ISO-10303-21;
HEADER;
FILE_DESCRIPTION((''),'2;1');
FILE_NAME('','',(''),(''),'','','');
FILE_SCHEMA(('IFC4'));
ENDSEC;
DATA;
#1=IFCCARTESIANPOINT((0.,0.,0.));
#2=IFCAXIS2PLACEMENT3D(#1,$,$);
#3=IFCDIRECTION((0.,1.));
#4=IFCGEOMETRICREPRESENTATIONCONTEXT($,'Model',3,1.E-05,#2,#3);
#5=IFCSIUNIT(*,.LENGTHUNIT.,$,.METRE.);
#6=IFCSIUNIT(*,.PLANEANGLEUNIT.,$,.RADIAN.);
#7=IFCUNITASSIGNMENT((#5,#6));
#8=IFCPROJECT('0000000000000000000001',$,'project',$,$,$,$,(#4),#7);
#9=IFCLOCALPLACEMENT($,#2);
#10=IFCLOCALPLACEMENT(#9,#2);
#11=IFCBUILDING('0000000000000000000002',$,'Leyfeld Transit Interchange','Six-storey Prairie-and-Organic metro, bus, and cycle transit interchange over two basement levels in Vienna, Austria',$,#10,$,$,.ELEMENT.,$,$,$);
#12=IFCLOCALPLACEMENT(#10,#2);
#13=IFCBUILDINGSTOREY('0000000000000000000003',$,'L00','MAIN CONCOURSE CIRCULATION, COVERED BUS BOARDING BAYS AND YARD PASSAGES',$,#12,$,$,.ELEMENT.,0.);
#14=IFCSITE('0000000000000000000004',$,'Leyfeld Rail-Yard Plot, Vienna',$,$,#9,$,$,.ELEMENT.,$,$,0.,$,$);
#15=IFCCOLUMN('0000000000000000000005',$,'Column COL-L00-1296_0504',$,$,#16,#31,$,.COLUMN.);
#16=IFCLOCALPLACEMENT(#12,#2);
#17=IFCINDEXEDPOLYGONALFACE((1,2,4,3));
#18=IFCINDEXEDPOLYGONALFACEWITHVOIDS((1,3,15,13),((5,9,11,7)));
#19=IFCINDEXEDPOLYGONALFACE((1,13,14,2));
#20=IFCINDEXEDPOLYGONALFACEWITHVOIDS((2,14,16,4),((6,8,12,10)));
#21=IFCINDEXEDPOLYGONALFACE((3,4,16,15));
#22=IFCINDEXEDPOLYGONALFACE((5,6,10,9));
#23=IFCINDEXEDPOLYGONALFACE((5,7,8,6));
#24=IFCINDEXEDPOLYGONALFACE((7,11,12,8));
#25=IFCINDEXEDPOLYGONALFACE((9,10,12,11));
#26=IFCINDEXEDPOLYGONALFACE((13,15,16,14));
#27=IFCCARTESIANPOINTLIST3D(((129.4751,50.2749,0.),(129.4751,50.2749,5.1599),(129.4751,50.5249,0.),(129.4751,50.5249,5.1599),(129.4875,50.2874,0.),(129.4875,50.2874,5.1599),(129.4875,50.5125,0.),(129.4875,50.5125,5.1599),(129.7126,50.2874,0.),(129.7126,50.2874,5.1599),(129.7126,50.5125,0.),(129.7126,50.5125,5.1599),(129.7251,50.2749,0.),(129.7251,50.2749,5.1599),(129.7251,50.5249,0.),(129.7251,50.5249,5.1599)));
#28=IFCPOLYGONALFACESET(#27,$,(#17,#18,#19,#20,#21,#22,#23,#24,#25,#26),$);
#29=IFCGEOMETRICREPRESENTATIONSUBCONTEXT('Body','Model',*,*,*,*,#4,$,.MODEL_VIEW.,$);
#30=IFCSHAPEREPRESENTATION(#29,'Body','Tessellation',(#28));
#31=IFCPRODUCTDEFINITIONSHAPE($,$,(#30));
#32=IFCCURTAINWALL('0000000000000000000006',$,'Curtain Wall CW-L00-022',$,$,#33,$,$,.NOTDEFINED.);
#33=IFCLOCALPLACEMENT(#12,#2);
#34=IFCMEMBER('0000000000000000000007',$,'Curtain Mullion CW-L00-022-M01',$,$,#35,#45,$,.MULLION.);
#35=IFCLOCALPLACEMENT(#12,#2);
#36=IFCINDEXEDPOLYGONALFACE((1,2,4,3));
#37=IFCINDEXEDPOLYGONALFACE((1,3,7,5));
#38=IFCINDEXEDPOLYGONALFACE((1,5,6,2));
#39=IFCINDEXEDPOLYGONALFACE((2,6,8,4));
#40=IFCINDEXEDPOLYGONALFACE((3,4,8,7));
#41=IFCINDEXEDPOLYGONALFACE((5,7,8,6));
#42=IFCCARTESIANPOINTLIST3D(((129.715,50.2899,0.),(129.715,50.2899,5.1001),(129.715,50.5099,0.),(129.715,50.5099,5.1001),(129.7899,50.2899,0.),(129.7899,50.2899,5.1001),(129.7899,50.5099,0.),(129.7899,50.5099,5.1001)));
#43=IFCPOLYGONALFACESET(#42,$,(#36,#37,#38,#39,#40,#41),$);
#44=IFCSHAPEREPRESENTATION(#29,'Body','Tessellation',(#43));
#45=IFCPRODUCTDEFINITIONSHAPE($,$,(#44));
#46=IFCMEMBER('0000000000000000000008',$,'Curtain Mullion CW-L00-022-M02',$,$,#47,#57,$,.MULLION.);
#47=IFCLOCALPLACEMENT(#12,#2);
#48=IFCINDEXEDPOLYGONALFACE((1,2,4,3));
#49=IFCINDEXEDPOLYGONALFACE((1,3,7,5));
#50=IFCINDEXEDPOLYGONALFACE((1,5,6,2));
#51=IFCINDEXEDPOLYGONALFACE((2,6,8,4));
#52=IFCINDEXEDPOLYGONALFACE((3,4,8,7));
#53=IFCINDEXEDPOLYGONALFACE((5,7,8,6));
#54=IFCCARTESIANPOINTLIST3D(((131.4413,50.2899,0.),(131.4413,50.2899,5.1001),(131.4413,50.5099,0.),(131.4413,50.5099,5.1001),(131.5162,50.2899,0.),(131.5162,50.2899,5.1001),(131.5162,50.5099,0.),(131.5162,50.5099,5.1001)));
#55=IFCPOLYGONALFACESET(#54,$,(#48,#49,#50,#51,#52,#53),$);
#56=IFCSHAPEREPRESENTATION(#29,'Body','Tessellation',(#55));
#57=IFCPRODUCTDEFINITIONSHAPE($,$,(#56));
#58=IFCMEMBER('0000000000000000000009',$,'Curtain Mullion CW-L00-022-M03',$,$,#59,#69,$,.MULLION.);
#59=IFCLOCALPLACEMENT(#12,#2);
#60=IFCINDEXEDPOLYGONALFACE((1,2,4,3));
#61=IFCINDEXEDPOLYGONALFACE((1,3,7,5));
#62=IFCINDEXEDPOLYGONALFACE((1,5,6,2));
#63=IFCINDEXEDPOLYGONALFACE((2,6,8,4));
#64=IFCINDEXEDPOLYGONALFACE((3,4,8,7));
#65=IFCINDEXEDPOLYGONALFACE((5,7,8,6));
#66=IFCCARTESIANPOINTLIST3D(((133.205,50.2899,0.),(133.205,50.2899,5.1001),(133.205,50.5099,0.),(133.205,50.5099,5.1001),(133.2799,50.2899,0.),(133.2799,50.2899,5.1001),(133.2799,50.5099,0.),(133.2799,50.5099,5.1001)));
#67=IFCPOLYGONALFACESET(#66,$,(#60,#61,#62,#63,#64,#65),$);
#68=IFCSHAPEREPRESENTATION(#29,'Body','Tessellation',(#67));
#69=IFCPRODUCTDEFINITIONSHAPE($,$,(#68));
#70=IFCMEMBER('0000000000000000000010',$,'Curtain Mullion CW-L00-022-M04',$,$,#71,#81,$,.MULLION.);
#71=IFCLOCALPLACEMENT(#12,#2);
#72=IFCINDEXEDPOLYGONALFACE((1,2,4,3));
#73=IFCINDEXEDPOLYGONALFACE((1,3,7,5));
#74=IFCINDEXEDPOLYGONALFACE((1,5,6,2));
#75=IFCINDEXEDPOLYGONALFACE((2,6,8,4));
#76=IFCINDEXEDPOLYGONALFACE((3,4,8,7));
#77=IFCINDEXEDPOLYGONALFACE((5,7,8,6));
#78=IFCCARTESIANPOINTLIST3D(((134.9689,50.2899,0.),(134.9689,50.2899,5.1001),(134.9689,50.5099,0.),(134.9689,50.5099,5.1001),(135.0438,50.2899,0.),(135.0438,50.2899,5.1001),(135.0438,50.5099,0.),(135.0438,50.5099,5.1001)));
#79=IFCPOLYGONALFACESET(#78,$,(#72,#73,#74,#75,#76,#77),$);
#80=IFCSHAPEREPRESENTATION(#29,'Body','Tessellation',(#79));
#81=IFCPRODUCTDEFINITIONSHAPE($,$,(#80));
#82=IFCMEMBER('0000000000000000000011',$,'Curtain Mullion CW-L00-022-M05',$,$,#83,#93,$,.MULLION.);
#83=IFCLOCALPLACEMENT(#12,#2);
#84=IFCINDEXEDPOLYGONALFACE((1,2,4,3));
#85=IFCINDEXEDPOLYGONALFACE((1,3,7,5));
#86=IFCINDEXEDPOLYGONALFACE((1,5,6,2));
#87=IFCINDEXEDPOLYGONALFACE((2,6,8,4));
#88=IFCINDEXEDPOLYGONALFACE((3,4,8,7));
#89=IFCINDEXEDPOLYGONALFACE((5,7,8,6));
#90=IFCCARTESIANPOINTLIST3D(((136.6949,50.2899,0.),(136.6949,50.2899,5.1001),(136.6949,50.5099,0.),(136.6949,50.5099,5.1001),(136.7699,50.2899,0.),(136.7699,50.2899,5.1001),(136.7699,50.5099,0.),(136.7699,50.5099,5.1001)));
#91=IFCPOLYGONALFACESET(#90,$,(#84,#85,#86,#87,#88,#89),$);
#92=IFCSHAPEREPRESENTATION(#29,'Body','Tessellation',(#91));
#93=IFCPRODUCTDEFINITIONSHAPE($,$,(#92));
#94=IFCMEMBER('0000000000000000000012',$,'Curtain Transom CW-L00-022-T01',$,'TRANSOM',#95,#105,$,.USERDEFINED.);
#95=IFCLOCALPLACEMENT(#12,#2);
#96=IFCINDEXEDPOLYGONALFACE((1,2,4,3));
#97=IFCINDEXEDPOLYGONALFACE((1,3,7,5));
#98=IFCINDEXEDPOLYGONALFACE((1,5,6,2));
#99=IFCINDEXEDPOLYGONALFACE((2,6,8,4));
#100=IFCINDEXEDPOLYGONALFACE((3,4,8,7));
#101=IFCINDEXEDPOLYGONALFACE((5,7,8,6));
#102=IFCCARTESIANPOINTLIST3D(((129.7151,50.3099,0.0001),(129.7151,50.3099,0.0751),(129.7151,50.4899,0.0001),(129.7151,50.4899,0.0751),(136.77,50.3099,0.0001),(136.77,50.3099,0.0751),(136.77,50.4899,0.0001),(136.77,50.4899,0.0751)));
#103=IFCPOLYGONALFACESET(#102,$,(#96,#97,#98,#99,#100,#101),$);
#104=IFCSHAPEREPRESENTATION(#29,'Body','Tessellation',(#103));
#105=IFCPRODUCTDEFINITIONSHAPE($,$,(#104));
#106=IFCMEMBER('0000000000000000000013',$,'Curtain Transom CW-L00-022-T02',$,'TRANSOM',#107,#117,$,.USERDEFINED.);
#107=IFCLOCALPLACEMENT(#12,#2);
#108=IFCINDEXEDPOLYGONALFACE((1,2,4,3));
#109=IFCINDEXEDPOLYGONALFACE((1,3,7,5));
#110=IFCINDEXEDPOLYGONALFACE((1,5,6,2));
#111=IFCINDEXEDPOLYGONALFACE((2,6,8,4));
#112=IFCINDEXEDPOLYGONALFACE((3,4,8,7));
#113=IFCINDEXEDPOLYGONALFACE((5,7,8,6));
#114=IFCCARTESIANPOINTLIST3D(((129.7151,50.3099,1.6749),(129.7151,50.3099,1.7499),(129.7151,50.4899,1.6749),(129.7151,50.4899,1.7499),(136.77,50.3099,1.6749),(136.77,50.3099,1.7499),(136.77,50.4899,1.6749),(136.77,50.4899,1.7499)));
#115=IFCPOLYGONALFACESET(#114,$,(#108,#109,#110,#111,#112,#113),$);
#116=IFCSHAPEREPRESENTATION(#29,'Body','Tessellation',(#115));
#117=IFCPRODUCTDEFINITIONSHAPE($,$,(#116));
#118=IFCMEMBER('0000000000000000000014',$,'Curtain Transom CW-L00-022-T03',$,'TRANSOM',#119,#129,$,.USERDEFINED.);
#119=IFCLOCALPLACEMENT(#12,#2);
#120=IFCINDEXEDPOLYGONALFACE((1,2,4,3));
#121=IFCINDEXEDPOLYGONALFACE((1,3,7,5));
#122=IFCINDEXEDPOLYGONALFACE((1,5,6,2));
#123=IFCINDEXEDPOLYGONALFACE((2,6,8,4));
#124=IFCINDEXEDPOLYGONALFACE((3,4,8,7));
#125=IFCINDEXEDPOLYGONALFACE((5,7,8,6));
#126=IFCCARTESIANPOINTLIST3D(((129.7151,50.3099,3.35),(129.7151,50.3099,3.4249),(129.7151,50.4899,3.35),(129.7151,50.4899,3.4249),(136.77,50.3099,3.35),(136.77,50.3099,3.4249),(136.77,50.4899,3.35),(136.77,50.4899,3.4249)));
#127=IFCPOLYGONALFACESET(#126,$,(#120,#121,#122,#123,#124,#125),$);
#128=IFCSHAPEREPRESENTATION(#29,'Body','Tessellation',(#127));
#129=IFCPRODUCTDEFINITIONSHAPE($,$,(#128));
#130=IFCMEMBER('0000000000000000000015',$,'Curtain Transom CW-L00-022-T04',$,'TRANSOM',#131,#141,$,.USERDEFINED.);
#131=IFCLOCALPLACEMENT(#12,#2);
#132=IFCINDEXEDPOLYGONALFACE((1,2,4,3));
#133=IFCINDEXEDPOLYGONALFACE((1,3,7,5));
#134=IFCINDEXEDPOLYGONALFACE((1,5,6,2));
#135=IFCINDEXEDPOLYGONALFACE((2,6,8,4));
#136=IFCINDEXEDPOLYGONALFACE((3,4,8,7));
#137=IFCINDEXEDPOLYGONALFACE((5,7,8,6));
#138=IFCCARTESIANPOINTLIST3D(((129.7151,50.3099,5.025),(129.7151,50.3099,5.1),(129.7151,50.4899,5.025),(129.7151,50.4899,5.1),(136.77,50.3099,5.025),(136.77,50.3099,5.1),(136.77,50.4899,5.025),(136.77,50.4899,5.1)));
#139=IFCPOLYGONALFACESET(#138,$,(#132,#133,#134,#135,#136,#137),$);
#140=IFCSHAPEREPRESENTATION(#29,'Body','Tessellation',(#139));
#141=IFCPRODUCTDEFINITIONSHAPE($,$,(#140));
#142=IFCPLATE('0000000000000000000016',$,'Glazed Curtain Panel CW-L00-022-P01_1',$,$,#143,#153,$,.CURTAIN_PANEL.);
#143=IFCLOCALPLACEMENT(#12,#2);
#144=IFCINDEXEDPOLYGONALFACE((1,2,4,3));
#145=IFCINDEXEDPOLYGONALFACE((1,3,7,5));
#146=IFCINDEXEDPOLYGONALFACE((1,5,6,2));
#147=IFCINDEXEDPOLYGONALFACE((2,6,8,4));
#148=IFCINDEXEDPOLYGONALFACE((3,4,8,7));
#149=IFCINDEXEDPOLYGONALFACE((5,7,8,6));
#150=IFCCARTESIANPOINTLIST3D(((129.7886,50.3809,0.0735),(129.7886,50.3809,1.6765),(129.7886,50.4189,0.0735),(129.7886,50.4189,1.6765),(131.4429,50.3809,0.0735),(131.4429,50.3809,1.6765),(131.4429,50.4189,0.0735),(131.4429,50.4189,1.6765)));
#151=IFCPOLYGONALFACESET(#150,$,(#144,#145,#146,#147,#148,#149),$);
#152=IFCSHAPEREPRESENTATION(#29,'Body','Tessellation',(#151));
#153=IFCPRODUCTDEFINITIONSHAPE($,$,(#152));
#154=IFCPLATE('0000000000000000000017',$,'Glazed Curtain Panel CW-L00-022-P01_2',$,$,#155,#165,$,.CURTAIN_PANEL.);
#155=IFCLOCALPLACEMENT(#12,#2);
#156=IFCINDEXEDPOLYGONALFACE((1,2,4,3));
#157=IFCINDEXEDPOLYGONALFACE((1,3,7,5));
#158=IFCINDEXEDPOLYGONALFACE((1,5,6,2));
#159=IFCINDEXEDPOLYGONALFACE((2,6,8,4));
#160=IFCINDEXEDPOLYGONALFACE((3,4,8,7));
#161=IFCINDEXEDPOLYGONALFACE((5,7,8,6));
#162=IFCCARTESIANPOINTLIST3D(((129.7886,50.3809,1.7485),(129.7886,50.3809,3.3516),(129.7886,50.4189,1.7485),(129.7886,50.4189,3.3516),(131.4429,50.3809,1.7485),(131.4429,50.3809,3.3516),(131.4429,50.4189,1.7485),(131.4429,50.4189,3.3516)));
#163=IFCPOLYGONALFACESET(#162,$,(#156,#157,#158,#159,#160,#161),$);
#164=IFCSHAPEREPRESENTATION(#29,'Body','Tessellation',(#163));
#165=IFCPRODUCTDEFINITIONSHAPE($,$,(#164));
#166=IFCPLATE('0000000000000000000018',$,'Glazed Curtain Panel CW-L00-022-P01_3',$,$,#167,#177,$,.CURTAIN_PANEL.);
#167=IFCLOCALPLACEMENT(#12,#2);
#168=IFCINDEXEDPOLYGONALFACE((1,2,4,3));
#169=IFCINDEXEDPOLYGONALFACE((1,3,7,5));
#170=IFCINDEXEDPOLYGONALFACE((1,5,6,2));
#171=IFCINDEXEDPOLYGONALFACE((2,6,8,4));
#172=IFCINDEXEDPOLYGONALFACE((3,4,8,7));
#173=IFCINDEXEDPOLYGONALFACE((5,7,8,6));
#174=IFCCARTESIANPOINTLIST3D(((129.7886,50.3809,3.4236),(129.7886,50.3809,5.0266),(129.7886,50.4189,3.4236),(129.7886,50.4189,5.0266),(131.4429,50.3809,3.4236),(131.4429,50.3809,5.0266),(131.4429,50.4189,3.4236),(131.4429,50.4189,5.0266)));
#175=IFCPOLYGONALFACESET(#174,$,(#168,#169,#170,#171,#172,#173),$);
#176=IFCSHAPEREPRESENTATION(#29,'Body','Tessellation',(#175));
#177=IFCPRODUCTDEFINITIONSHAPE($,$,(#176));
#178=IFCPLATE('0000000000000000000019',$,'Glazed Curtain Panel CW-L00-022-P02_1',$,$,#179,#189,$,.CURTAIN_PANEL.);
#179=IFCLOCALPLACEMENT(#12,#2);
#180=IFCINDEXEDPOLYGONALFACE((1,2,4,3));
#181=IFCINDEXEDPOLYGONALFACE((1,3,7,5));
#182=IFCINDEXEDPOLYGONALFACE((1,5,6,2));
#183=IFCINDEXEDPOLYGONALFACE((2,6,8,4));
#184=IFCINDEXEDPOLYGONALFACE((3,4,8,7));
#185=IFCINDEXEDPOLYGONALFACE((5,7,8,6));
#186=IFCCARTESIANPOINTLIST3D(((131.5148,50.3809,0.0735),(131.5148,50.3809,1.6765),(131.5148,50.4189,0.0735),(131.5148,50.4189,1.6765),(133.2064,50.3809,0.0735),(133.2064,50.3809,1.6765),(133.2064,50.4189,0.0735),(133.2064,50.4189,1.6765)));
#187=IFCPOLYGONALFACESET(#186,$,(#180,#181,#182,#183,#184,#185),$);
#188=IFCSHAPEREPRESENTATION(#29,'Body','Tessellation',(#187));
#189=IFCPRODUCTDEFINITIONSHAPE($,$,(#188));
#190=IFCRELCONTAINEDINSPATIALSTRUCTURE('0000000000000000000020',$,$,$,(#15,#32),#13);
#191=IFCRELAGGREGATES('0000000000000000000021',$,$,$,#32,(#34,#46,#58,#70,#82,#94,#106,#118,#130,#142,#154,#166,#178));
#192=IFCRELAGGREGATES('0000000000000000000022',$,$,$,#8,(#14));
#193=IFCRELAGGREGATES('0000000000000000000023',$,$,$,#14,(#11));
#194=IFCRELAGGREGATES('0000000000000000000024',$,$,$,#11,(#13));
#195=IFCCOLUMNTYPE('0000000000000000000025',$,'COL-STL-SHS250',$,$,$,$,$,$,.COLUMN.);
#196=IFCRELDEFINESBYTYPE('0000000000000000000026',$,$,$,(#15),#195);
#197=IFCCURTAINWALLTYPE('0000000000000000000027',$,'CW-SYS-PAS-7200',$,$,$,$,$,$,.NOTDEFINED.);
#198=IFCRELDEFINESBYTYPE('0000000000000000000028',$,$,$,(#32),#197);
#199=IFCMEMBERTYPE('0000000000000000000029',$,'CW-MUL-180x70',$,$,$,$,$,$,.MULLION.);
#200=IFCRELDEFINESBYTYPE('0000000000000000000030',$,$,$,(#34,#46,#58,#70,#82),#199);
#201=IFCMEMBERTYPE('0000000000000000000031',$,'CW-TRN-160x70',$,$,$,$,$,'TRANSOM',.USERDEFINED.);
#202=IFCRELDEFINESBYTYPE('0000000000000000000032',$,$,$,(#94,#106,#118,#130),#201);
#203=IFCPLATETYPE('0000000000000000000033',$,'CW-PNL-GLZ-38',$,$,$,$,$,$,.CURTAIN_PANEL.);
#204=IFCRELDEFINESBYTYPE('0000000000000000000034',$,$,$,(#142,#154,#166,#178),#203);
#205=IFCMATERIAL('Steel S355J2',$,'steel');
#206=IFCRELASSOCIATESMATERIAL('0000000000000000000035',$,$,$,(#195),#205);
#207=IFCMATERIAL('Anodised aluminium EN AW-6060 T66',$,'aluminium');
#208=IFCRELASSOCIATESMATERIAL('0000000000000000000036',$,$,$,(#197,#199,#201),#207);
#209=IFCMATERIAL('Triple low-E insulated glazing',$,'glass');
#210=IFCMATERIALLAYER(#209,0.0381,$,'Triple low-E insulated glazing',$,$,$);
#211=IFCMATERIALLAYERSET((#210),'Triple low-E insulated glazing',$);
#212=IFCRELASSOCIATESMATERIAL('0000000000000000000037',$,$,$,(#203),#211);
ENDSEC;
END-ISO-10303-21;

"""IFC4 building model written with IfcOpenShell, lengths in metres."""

from ifc_helpers import new_model, si_unit, direction, frame, origin, origin_2d, place, context, subcontext, project, spatial, rectangle, hollow_rectangle, extrude, material, layer, layer_set, material_profile, profile_set, type_object, element, aggregate, save


model = new_model("IFC4")

# Units and contexts
model_context = context("Model", 3, precision=1e-05, world=origin(), true_north=direction((0.0, 1.0)))
body_context = subcontext(model_context, "Body", "Model", "MODEL_VIEW")
ifc_project = project(units=[si_unit("LENGTHUNIT", "METRE"), si_unit("PLANEANGLEUNIT", "RADIAN")], contexts=[model_context])

# Site, building, storey
site_placement = place(None, origin())
site = spatial("IfcSite", under=ifc_project, at=site_placement, Name="Leyfeld Rail-Yard Plot, Vienna", CompositionType="ELEMENT", RefElevation=0.0)
building_placement = place(site_placement, origin())
building = spatial("IfcBuilding", under=site, at=building_placement, Name="Leyfeld Transit Interchange", Description="Six-storey Prairie-and-Organic metro, bus, and cycle transit interchange over two basement levels in Vienna, Austria", CompositionType="ELEMENT")
storey_placement = place(building_placement, origin())
storey = spatial("IfcBuildingStorey", under=building, at=storey_placement, Name="L00", Description="MAIN CONCOURSE CIRCULATION, COVERED BUS BOARDING BAYS AND YARD PASSAGES", CompositionType="ELEMENT", Elevation=0.0)

# Column
ifc_material_1 = material(Name="Steel S355J2", Category="steel")
ifc_material_profile_1 = material_profile(ifc_material_1, hollow_rectangle(XDim=0.25, YDim=0.25, WallThickness=0.0125, at=origin_2d()), Name="SHS 250x250x12.5")
ifc_profile_set_1 = profile_set([ifc_material_profile_1], Name="Steel S355J2")
column_type = type_object("IfcColumnType", Name="COL-STL-SHS250", PredefinedType="COLUMN", material=ifc_profile_set_1)
column_placement = place(storey_placement, frame((129.6001, 50.3999, 0.0), z_axis=(0.0, 0.0, 1.0), x_axis=(1.0, 0.0, 0.0)))
element("IfcColumn", 1, at=column_placement, inside=storey, type_object=column_type, Name="Column COL-L00-1296_0504", PredefinedType="COLUMN", context=body_context, shape_type="SweptSolid", body=[
    extrude(hollow_rectangle(XDim=0.25, YDim=0.25, WallThickness=0.0125, at=origin_2d()), origin(), (0.0, 0.0, 1.0), 5.1599),
])

# Curtain wall, members, plates
ifc_material_2 = material(Name="Anodised aluminium EN AW-6060 T66", Category="aluminium")
curtain_wall_type = type_object("IfcCurtainWallType", Name="CW-SYS-PAS-7200", PredefinedType="NOTDEFINED", material=ifc_material_2)
curtain_wall_placement = place(storey_placement, origin())
curtain_wall = element("IfcCurtainWall", 2, at=curtain_wall_placement, inside=storey, type_object=curtain_wall_type, Name="Curtain Wall CW-L00-022", PredefinedType="NOTDEFINED")
ifc_material_profile_2 = material_profile(ifc_material_2, rectangle(XDim=0.075, YDim=0.22, at=origin_2d()), Name="CW-M 75x220")
ifc_profile_set_2 = profile_set([ifc_material_profile_2], Name="Anodised aluminium EN AW-6060 T66")
member_type_1 = type_object("IfcMemberType", Name="CW-MUL-180x70", PredefinedType="MULLION", material=ifc_profile_set_2)
member_1_placement = place(storey_placement, frame((129.7524, 50.3999, 0.0), z_axis=(0.0, 0.0, 1.0), x_axis=(1.0, 0.0, 0.0)))
member_1 = element("IfcMember", 3, at=member_1_placement, type_object=member_type_1, Name="Curtain Mullion CW-L00-022-M01", PredefinedType="MULLION", context=body_context, shape_type="SweptSolid", body=[
    extrude(rectangle(XDim=0.075, YDim=0.22, at=origin_2d()), origin(), (0.0, 0.0, 1.0), 5.1001),
])
member_2_placement = place(storey_placement, frame((131.4788, 50.3999, 0.0), z_axis=(0.0, 0.0, 1.0), x_axis=(1.0, 0.0, 0.0)))
member_2 = element("IfcMember", 4, at=member_2_placement, type_object=member_type_1, Name="Curtain Mullion CW-L00-022-M02", PredefinedType="MULLION", context=body_context, shape_type="SweptSolid", body=[
    extrude(rectangle(XDim=0.075, YDim=0.22, at=origin_2d()), origin(), (0.0, 0.0, 1.0), 5.1001),
])
member_3_placement = place(storey_placement, frame((133.2424, 50.3999, 0.0), z_axis=(0.0, 0.0, 1.0), x_axis=(1.0, 0.0, 0.0)))
member_3 = element("IfcMember", 5, at=member_3_placement, type_object=member_type_1, Name="Curtain Mullion CW-L00-022-M03", PredefinedType="MULLION", context=body_context, shape_type="SweptSolid", body=[
    extrude(rectangle(XDim=0.075, YDim=0.22, at=origin_2d()), origin(), (0.0, 0.0, 1.0), 5.1001),
])
member_4_placement = place(storey_placement, frame((135.0063, 50.3999, 0.0), z_axis=(0.0, 0.0, 1.0), x_axis=(1.0, 0.0, 0.0)))
member_4 = element("IfcMember", 6, at=member_4_placement, type_object=member_type_1, Name="Curtain Mullion CW-L00-022-M04", PredefinedType="MULLION", context=body_context, shape_type="SweptSolid", body=[
    extrude(rectangle(XDim=0.075, YDim=0.22, at=origin_2d()), origin(), (0.0, 0.0, 1.0), 5.1001),
])
member_5_placement = place(storey_placement, frame((136.7324, 50.3999, 0.0), z_axis=(0.0, 0.0, 1.0), x_axis=(1.0, 0.0, 0.0)))
member_5 = element("IfcMember", 7, at=member_5_placement, type_object=member_type_1, Name="Curtain Mullion CW-L00-022-M05", PredefinedType="MULLION", context=body_context, shape_type="SweptSolid", body=[
    extrude(rectangle(XDim=0.075, YDim=0.22, at=origin_2d()), origin(), (0.0, 0.0, 1.0), 5.1001),
])
ifc_material_profile_3 = material_profile(ifc_material_2, rectangle(XDim=0.1799, YDim=0.075, at=origin_2d()), Name="CW-TRN-160x70")
ifc_profile_set_3 = profile_set([ifc_material_profile_3], Name="Anodised aluminium EN AW-6060 T66")
member_type_2 = type_object("IfcMemberType", Name="CW-TRN-160x70", ElementType="TRANSOM", PredefinedType="USERDEFINED", material=ifc_profile_set_3)
member_6_placement = place(storey_placement, frame((129.7151, 50.3999, 0.0376), z_axis=(1.0, 0.0, 0.0), x_axis=(0.0, 1.0, 0.0)))
member_6 = element("IfcMember", 8, at=member_6_placement, type_object=member_type_2, Name="Curtain Transom CW-L00-022-T01", ObjectType="TRANSOM", PredefinedType="USERDEFINED", context=body_context, shape_type="SweptSolid", body=[
    extrude(rectangle(XDim=0.1799, YDim=0.075, at=origin_2d()), origin(), (0.0, 0.0, 1.0), 7.0549),
])
member_7_placement = place(storey_placement, frame((129.7151, 50.3999, 1.7124), z_axis=(1.0, 0.0, 0.0), x_axis=(0.0, 1.0, 0.0)))
member_7 = element("IfcMember", 9, at=member_7_placement, type_object=member_type_2, Name="Curtain Transom CW-L00-022-T02", ObjectType="TRANSOM", PredefinedType="USERDEFINED", context=body_context, shape_type="SweptSolid", body=[
    extrude(rectangle(XDim=0.1799, YDim=0.075, at=origin_2d()), origin(), (0.0, 0.0, 1.0), 7.0549),
])
member_8_placement = place(storey_placement, frame((129.7151, 50.3999, 3.3875), z_axis=(1.0, 0.0, 0.0), x_axis=(0.0, 1.0, 0.0)))
member_8 = element("IfcMember", 10, at=member_8_placement, type_object=member_type_2, Name="Curtain Transom CW-L00-022-T03", ObjectType="TRANSOM", PredefinedType="USERDEFINED", context=body_context, shape_type="SweptSolid", body=[
    extrude(rectangle(XDim=0.1799, YDim=0.075, at=origin_2d()), origin(), (0.0, 0.0, 1.0), 7.0549),
])
member_9_placement = place(storey_placement, frame((129.7151, 50.3999, 5.0625), z_axis=(1.0, 0.0, 0.0), x_axis=(0.0, 1.0, 0.0)))
member_9 = element("IfcMember", 11, at=member_9_placement, type_object=member_type_2, Name="Curtain Transom CW-L00-022-T04", ObjectType="TRANSOM", PredefinedType="USERDEFINED", context=body_context, shape_type="SweptSolid", body=[
    extrude(rectangle(XDim=0.1799, YDim=0.075, at=origin_2d()), origin(), (0.0, 0.0, 1.0), 7.0549),
])
ifc_material_3 = material(Name="Triple low-E insulated glazing", Category="glass")
ifc_layer_1 = layer(ifc_material_3, 0.0381, Name="Triple low-E insulated glazing")
ifc_layer_set_1 = layer_set([ifc_layer_1], Name="Triple low-E insulated glazing")
plate_type_1 = type_object("IfcPlateType", Name="CW-PNL-GLZ-38", PredefinedType="CURTAIN_PANEL", material=ifc_layer_set_1)
plate_1_placement = place(storey_placement, frame((130.6157, 50.3999, 0.0735), z_axis=(0.0, 0.0, 1.0), x_axis=(1.0, 0.0, 0.0)))
plate_1 = element("IfcPlate", 12, at=plate_1_placement, type_object=plate_type_1, Name="Glazed Curtain Panel CW-L00-022-P01_1", PredefinedType="CURTAIN_PANEL", context=body_context, shape_type="SweptSolid", body=[
    extrude(rectangle(XDim=1.6543, YDim=0.0381, at=origin_2d()), origin(), (0.0, 0.0, 1.0), 1.603),
])
plate_2_placement = place(storey_placement, frame((130.6157, 50.3999, 1.7485), z_axis=(0.0, 0.0, 1.0), x_axis=(1.0, 0.0, 0.0)))
plate_2 = element("IfcPlate", 13, at=plate_2_placement, type_object=plate_type_1, Name="Glazed Curtain Panel CW-L00-022-P01_2", PredefinedType="CURTAIN_PANEL", context=body_context, shape_type="SweptSolid", body=[
    extrude(rectangle(XDim=1.6543, YDim=0.0381, at=origin_2d()), origin(), (0.0, 0.0, 1.0), 1.603),
])
plate_3_placement = place(storey_placement, frame((130.6157, 50.3999, 3.4236), z_axis=(0.0, 0.0, 1.0), x_axis=(1.0, 0.0, 0.0)))
plate_3 = element("IfcPlate", 14, at=plate_3_placement, type_object=plate_type_1, Name="Glazed Curtain Panel CW-L00-022-P01_3", PredefinedType="CURTAIN_PANEL", context=body_context, shape_type="SweptSolid", body=[
    extrude(rectangle(XDim=1.6543, YDim=0.0381, at=origin_2d()), origin(), (0.0, 0.0, 1.0), 1.603),
])
plate_4_placement = place(storey_placement, frame((132.3606, 50.3999, 0.0735), z_axis=(0.0, 0.0, 1.0), x_axis=(1.0, 0.0, 0.0)))
plate_4 = element("IfcPlate", 15, at=plate_4_placement, type_object=plate_type_1, Name="Glazed Curtain Panel CW-L00-022-P02_1", PredefinedType="CURTAIN_PANEL", context=body_context, shape_type="SweptSolid", body=[
    extrude(rectangle(XDim=1.6917, YDim=0.0381, at=origin_2d()), origin(), (0.0, 0.0, 1.0), 1.603),
])
aggregate(curtain_wall, [member_1, member_2, member_3, member_4, member_5, member_6, member_7, member_8, member_9, plate_1, plate_2, plate_3, plate_4])

save(model, "model.ifc")
